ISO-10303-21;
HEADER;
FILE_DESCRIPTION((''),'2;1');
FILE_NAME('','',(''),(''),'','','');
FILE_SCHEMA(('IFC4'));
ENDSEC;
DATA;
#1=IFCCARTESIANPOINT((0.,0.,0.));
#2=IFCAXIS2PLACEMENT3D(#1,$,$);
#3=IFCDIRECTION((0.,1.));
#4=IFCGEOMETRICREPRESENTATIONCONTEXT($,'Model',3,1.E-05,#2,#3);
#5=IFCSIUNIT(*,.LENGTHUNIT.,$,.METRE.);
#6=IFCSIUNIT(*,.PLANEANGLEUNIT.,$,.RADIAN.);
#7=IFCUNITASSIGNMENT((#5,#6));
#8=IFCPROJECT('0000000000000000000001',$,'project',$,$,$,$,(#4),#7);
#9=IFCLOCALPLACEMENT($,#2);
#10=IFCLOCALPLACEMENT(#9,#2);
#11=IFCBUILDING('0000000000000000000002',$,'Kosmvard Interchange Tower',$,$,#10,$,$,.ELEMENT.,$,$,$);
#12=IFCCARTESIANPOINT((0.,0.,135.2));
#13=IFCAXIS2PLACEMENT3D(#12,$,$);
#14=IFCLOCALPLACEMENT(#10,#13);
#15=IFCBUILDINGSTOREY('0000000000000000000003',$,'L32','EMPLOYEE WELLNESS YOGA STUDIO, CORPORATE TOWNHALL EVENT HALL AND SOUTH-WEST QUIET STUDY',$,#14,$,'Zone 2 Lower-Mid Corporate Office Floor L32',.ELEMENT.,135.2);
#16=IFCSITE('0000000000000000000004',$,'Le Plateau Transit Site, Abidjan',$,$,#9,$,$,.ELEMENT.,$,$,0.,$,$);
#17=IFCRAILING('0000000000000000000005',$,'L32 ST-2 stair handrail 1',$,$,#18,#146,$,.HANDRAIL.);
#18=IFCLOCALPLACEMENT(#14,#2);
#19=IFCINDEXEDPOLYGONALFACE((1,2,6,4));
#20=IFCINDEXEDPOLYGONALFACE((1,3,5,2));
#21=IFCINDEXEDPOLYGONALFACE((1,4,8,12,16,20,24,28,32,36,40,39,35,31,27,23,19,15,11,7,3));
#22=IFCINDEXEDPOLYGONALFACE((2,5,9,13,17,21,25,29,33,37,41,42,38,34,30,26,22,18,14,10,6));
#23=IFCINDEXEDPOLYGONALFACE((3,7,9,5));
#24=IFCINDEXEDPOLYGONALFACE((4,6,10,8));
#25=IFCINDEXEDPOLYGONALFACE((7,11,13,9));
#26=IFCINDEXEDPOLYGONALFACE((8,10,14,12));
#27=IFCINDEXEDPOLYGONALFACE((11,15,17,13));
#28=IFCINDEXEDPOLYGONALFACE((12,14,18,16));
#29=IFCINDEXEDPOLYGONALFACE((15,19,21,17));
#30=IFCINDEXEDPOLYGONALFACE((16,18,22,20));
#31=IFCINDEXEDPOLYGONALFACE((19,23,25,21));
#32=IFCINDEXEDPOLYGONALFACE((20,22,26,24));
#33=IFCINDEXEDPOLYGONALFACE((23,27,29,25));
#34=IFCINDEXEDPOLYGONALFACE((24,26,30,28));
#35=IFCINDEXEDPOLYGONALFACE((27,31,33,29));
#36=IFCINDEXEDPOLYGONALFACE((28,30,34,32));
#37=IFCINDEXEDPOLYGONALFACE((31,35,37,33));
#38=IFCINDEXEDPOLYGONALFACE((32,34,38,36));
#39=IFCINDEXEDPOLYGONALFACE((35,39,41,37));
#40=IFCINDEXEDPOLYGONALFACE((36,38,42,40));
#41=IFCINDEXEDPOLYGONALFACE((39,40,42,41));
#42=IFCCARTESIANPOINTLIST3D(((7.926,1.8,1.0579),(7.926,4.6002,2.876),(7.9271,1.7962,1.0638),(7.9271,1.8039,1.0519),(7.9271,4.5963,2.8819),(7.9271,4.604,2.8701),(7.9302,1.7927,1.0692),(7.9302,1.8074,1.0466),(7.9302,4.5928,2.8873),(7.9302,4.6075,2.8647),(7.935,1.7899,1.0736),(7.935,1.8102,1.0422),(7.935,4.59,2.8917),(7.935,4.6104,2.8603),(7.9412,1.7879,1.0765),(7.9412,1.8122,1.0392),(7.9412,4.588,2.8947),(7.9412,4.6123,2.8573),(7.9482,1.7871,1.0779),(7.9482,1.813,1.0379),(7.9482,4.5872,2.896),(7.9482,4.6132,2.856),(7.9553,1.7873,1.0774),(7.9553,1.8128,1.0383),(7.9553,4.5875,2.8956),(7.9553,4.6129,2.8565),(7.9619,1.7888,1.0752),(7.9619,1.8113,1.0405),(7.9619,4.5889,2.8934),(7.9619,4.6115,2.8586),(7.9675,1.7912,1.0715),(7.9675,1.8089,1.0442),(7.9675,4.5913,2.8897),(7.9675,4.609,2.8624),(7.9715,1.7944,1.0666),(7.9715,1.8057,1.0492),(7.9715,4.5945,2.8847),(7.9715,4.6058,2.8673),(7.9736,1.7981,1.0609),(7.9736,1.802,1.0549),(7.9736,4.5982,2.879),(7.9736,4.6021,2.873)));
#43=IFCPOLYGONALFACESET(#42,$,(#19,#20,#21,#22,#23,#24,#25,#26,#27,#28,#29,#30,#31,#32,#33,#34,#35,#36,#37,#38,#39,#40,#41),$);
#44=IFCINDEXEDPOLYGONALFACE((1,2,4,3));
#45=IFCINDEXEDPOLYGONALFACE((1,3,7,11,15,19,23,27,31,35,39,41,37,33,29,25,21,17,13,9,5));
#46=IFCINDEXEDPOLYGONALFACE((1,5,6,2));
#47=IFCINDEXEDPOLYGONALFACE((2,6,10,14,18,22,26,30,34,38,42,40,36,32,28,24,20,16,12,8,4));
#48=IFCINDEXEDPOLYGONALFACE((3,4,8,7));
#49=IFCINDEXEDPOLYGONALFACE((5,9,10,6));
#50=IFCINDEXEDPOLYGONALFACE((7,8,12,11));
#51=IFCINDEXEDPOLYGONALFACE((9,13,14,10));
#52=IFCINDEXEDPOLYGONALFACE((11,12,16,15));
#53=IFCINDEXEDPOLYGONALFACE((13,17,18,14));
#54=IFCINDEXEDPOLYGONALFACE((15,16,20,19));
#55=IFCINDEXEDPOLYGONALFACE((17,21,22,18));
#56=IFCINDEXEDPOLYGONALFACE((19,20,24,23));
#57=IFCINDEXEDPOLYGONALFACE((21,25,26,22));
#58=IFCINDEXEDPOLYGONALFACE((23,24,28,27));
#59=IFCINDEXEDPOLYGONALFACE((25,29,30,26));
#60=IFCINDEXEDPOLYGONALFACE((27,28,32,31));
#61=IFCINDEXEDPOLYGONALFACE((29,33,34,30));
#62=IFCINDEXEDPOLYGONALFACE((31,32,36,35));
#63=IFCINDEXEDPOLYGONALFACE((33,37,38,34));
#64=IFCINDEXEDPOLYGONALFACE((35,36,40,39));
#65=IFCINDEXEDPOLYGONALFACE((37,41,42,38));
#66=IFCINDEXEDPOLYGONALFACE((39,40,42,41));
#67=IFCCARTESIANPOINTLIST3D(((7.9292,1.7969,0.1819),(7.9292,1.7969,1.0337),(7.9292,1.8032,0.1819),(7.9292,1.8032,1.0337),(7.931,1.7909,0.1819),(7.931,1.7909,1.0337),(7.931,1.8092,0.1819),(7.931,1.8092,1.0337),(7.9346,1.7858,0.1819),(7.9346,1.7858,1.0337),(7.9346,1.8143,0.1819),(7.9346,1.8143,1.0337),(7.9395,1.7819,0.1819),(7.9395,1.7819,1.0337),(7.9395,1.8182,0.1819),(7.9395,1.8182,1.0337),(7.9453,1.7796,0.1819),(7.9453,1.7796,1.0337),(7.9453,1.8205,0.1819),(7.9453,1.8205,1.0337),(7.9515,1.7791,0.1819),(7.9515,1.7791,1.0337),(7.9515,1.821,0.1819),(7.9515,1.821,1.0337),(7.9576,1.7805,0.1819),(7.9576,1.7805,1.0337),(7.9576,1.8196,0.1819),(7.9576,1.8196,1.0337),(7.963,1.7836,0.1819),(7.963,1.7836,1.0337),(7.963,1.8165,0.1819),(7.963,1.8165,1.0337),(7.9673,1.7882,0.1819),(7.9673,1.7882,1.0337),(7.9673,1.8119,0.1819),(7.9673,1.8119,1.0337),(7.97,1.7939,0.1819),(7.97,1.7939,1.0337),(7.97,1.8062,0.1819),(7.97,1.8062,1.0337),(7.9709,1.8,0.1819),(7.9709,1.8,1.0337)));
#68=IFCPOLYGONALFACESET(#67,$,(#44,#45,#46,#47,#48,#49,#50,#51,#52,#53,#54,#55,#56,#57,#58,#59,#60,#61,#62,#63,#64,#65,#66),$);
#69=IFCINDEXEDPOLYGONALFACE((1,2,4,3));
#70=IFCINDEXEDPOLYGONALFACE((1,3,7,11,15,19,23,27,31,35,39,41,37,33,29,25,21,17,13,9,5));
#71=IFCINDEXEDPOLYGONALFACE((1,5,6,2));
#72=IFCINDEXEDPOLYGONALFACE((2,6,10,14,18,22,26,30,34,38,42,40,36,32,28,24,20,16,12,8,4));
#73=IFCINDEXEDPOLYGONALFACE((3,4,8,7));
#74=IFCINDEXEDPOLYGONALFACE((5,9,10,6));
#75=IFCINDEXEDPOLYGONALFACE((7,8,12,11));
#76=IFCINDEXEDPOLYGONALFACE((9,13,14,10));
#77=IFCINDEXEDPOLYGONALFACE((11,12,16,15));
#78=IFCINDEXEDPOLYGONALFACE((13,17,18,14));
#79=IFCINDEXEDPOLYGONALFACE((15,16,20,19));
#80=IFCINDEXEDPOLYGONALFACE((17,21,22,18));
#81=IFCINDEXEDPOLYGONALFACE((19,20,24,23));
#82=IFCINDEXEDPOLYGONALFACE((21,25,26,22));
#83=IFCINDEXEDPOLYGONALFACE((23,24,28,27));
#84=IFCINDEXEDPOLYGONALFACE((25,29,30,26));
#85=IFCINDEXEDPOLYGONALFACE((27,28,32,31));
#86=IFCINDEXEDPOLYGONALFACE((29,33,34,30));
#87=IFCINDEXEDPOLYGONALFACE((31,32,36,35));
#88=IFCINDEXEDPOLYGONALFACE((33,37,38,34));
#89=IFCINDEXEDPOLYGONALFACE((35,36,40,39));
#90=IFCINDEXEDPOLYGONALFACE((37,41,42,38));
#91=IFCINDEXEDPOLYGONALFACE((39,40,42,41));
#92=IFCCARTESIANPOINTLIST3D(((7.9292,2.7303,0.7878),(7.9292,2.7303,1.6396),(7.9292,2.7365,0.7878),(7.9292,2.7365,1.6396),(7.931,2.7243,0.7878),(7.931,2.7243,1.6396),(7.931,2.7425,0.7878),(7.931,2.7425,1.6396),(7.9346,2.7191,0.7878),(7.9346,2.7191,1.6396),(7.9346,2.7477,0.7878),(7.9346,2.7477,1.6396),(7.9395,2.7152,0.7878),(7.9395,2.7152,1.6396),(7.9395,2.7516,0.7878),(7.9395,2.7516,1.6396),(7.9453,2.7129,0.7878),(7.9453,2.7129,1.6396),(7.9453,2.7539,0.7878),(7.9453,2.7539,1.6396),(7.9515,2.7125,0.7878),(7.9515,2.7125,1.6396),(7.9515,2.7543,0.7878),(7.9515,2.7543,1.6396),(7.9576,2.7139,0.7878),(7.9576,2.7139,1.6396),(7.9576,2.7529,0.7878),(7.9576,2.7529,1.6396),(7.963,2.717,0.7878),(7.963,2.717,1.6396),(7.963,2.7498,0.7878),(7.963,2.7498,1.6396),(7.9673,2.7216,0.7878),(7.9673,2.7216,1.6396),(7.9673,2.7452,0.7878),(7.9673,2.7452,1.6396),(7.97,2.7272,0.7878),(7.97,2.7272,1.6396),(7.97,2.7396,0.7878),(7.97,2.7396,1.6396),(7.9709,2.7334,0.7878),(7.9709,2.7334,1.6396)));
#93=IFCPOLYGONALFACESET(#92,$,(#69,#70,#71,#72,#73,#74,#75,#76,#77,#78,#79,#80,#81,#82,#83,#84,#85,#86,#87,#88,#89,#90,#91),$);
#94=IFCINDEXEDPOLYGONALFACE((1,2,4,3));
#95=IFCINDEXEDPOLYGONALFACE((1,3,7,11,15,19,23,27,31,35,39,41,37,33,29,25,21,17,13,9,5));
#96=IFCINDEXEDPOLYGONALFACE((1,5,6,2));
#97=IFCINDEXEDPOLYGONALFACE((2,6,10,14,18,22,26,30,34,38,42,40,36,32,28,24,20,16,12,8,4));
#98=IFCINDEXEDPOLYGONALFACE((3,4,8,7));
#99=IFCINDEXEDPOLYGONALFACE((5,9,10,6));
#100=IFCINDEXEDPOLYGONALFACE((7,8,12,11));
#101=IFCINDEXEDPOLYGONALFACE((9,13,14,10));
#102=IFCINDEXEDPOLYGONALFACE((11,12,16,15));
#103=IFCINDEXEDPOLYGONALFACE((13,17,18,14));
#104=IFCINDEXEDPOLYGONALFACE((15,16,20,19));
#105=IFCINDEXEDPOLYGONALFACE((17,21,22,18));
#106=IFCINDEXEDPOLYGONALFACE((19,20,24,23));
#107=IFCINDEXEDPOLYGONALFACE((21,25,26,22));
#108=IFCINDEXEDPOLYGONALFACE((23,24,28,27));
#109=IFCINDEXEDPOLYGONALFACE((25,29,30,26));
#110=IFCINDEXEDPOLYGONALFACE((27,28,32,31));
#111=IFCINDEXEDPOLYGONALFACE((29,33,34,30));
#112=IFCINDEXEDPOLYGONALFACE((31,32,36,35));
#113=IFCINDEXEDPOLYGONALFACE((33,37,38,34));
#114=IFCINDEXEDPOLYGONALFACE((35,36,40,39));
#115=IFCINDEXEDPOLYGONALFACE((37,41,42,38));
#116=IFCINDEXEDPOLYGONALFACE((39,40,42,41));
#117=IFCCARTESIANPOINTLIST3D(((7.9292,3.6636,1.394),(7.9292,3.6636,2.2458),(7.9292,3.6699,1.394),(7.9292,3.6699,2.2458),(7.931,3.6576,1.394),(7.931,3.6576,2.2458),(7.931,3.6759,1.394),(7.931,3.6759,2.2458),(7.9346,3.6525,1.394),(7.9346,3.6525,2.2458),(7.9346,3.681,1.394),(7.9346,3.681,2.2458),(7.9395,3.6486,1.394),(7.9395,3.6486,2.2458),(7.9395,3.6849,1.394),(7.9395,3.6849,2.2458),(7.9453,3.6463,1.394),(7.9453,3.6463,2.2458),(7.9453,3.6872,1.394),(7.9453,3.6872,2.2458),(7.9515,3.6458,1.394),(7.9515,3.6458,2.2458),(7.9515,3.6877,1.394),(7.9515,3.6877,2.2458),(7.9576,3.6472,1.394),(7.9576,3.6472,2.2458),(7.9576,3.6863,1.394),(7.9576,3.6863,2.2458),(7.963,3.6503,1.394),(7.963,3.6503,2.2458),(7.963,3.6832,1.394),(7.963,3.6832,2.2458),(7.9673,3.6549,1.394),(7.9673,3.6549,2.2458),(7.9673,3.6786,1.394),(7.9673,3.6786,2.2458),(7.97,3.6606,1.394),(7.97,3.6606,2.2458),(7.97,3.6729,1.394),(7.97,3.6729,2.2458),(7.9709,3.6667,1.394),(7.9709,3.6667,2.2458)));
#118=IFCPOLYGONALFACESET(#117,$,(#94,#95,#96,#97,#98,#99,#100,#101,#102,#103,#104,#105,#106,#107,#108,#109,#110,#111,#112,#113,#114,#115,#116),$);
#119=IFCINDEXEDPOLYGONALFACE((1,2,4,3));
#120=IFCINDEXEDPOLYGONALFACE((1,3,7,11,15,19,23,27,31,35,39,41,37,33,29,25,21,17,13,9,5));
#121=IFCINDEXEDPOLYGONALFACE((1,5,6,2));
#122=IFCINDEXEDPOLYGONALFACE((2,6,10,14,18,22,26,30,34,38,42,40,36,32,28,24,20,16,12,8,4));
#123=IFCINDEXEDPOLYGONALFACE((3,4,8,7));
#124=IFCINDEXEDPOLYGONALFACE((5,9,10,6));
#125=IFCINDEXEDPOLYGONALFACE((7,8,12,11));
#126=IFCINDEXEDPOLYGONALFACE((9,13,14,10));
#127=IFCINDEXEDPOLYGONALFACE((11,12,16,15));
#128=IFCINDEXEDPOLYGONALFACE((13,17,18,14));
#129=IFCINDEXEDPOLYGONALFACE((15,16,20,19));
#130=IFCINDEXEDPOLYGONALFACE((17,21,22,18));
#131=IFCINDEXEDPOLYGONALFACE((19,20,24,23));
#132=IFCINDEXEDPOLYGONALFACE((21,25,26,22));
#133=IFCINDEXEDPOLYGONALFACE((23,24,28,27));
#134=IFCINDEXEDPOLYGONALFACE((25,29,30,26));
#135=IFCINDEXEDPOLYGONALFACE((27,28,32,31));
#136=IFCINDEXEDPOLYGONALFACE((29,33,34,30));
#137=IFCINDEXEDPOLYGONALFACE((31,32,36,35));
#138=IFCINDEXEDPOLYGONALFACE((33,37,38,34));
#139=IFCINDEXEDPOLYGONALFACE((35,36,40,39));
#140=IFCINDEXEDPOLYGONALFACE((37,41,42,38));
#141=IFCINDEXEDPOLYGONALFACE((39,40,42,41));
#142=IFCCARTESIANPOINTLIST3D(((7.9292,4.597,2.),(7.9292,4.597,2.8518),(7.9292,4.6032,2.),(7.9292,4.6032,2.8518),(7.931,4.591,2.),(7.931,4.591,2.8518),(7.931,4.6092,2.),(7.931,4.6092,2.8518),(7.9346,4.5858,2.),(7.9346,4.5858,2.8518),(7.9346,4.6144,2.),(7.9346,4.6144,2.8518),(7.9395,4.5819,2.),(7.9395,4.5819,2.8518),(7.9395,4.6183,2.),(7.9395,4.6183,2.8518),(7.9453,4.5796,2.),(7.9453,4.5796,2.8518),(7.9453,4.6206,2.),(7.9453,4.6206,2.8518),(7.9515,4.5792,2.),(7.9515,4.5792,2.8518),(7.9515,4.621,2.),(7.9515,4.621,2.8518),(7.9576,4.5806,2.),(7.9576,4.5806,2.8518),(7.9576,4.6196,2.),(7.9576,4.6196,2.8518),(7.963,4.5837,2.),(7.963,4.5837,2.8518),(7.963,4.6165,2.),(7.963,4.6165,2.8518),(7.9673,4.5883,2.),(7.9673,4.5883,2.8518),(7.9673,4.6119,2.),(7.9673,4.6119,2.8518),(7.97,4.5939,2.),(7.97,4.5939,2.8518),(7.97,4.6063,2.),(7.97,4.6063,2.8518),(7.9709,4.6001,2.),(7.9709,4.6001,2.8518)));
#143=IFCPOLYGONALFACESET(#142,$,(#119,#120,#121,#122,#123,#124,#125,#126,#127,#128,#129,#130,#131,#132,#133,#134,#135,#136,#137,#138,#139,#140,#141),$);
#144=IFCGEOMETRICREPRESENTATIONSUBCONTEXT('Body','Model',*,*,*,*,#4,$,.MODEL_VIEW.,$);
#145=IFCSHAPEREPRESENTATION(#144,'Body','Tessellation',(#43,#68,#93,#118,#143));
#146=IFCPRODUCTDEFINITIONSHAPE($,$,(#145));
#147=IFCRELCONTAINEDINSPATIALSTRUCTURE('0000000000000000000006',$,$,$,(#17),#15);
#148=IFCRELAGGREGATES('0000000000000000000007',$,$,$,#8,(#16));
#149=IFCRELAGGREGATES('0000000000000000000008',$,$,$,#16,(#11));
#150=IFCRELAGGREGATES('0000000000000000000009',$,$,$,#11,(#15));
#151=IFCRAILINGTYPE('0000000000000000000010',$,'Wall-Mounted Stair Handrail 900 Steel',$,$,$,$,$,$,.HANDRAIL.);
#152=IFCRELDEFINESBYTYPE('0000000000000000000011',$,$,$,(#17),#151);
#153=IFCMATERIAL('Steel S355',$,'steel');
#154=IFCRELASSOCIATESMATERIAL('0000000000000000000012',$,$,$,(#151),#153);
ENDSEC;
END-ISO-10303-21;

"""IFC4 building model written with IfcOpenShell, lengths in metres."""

from ifc_helpers import new_model, si_unit, direction, frame, origin, origin_2d, place, context, subcontext, project, spatial, circle, extrude, source, transform, mapped, material, type_object, element, save


model = new_model("IFC4")

# Units and contexts
model_context = context("Model", 3, precision=1e-05, world=origin(), true_north=direction((0.0, 1.0)))
body_context = subcontext(model_context, "Body", "Model", "MODEL_VIEW")
ifc_project = project(units=[si_unit("LENGTHUNIT", "METRE"), si_unit("PLANEANGLEUNIT", "RADIAN")], contexts=[model_context])

# Site, building, storey
site_placement = place(None, origin())
site = spatial("IfcSite", under=ifc_project, at=site_placement, Name="Le Plateau Transit Site, Abidjan", CompositionType="ELEMENT", RefElevation=0.0)
building_placement = place(site_placement, origin())
building = spatial("IfcBuilding", under=site, at=building_placement, Name="Kosmvard Interchange Tower", CompositionType="ELEMENT")
storey_placement = place(building_placement, frame((0.0, 0.0, 135.2)))
storey = spatial("IfcBuildingStorey", under=building, at=storey_placement, Name="L32", Description="EMPLOYEE WELLNESS YOGA STUDIO, CORPORATE TOWNHALL EVENT HALL AND SOUTH-WEST QUIET STUDY", LongName="Zone 2 Lower-Mid Corporate Office Floor L32", CompositionType="ELEMENT", Elevation=135.2)

# Shared definitions
ifc_material_1 = material(Name="Steel S355", Category="steel")

# Railing
railing_type_1 = type_object("IfcRailingType", Name="Wall-Mounted Stair Handrail 900 Steel", PredefinedType="HANDRAIL", material=ifc_material_1)
shared_shape_1 = source(origin(), body_context, "Body", "SweptSolid", [
    extrude(circle(Radius=0.0239, at=origin_2d()), frame((0.0, 0.0, 0.876), z_axis=(0.0, 0.838706, 0.544585), x_axis=(-1.0, 0.0, 0.0)), (0.0, 0.0, 1.0), 3.3386),
    extrude(circle(Radius=0.021, at=origin_2d()), origin(), (0.0, 0.0, 1.0), 0.8518),
    extrude(circle(Radius=0.021, at=origin_2d()), frame((0.0, 0.9333, 0.606)), (0.0, 0.0, 1.0), 0.8518),
    extrude(circle(Radius=0.021, at=origin_2d()), frame((0.0, 1.8667, 1.2122)), (0.0, 0.0, 1.0), 0.8518),
    extrude(circle(Radius=0.021, at=origin_2d()), frame((0.0, 2.8, 1.8181)), (0.0, 0.0, 1.0), 0.8518),
])
railing_1_placement = place(storey_placement, frame((7.95, 1.8, 0.1819)))
element("IfcRailing", 1, at=railing_1_placement, inside=storey, type_object=railing_type_1, Name="L32 ST-2 stair handrail 1", PredefinedType="HANDRAIL", context=body_context, shape_type="MappedRepresentation", body=[
    mapped(shared_shape_1, transform((0.0, 0.0, 0.0), scale=1.0)),
])

save(model, "model.ifc")
